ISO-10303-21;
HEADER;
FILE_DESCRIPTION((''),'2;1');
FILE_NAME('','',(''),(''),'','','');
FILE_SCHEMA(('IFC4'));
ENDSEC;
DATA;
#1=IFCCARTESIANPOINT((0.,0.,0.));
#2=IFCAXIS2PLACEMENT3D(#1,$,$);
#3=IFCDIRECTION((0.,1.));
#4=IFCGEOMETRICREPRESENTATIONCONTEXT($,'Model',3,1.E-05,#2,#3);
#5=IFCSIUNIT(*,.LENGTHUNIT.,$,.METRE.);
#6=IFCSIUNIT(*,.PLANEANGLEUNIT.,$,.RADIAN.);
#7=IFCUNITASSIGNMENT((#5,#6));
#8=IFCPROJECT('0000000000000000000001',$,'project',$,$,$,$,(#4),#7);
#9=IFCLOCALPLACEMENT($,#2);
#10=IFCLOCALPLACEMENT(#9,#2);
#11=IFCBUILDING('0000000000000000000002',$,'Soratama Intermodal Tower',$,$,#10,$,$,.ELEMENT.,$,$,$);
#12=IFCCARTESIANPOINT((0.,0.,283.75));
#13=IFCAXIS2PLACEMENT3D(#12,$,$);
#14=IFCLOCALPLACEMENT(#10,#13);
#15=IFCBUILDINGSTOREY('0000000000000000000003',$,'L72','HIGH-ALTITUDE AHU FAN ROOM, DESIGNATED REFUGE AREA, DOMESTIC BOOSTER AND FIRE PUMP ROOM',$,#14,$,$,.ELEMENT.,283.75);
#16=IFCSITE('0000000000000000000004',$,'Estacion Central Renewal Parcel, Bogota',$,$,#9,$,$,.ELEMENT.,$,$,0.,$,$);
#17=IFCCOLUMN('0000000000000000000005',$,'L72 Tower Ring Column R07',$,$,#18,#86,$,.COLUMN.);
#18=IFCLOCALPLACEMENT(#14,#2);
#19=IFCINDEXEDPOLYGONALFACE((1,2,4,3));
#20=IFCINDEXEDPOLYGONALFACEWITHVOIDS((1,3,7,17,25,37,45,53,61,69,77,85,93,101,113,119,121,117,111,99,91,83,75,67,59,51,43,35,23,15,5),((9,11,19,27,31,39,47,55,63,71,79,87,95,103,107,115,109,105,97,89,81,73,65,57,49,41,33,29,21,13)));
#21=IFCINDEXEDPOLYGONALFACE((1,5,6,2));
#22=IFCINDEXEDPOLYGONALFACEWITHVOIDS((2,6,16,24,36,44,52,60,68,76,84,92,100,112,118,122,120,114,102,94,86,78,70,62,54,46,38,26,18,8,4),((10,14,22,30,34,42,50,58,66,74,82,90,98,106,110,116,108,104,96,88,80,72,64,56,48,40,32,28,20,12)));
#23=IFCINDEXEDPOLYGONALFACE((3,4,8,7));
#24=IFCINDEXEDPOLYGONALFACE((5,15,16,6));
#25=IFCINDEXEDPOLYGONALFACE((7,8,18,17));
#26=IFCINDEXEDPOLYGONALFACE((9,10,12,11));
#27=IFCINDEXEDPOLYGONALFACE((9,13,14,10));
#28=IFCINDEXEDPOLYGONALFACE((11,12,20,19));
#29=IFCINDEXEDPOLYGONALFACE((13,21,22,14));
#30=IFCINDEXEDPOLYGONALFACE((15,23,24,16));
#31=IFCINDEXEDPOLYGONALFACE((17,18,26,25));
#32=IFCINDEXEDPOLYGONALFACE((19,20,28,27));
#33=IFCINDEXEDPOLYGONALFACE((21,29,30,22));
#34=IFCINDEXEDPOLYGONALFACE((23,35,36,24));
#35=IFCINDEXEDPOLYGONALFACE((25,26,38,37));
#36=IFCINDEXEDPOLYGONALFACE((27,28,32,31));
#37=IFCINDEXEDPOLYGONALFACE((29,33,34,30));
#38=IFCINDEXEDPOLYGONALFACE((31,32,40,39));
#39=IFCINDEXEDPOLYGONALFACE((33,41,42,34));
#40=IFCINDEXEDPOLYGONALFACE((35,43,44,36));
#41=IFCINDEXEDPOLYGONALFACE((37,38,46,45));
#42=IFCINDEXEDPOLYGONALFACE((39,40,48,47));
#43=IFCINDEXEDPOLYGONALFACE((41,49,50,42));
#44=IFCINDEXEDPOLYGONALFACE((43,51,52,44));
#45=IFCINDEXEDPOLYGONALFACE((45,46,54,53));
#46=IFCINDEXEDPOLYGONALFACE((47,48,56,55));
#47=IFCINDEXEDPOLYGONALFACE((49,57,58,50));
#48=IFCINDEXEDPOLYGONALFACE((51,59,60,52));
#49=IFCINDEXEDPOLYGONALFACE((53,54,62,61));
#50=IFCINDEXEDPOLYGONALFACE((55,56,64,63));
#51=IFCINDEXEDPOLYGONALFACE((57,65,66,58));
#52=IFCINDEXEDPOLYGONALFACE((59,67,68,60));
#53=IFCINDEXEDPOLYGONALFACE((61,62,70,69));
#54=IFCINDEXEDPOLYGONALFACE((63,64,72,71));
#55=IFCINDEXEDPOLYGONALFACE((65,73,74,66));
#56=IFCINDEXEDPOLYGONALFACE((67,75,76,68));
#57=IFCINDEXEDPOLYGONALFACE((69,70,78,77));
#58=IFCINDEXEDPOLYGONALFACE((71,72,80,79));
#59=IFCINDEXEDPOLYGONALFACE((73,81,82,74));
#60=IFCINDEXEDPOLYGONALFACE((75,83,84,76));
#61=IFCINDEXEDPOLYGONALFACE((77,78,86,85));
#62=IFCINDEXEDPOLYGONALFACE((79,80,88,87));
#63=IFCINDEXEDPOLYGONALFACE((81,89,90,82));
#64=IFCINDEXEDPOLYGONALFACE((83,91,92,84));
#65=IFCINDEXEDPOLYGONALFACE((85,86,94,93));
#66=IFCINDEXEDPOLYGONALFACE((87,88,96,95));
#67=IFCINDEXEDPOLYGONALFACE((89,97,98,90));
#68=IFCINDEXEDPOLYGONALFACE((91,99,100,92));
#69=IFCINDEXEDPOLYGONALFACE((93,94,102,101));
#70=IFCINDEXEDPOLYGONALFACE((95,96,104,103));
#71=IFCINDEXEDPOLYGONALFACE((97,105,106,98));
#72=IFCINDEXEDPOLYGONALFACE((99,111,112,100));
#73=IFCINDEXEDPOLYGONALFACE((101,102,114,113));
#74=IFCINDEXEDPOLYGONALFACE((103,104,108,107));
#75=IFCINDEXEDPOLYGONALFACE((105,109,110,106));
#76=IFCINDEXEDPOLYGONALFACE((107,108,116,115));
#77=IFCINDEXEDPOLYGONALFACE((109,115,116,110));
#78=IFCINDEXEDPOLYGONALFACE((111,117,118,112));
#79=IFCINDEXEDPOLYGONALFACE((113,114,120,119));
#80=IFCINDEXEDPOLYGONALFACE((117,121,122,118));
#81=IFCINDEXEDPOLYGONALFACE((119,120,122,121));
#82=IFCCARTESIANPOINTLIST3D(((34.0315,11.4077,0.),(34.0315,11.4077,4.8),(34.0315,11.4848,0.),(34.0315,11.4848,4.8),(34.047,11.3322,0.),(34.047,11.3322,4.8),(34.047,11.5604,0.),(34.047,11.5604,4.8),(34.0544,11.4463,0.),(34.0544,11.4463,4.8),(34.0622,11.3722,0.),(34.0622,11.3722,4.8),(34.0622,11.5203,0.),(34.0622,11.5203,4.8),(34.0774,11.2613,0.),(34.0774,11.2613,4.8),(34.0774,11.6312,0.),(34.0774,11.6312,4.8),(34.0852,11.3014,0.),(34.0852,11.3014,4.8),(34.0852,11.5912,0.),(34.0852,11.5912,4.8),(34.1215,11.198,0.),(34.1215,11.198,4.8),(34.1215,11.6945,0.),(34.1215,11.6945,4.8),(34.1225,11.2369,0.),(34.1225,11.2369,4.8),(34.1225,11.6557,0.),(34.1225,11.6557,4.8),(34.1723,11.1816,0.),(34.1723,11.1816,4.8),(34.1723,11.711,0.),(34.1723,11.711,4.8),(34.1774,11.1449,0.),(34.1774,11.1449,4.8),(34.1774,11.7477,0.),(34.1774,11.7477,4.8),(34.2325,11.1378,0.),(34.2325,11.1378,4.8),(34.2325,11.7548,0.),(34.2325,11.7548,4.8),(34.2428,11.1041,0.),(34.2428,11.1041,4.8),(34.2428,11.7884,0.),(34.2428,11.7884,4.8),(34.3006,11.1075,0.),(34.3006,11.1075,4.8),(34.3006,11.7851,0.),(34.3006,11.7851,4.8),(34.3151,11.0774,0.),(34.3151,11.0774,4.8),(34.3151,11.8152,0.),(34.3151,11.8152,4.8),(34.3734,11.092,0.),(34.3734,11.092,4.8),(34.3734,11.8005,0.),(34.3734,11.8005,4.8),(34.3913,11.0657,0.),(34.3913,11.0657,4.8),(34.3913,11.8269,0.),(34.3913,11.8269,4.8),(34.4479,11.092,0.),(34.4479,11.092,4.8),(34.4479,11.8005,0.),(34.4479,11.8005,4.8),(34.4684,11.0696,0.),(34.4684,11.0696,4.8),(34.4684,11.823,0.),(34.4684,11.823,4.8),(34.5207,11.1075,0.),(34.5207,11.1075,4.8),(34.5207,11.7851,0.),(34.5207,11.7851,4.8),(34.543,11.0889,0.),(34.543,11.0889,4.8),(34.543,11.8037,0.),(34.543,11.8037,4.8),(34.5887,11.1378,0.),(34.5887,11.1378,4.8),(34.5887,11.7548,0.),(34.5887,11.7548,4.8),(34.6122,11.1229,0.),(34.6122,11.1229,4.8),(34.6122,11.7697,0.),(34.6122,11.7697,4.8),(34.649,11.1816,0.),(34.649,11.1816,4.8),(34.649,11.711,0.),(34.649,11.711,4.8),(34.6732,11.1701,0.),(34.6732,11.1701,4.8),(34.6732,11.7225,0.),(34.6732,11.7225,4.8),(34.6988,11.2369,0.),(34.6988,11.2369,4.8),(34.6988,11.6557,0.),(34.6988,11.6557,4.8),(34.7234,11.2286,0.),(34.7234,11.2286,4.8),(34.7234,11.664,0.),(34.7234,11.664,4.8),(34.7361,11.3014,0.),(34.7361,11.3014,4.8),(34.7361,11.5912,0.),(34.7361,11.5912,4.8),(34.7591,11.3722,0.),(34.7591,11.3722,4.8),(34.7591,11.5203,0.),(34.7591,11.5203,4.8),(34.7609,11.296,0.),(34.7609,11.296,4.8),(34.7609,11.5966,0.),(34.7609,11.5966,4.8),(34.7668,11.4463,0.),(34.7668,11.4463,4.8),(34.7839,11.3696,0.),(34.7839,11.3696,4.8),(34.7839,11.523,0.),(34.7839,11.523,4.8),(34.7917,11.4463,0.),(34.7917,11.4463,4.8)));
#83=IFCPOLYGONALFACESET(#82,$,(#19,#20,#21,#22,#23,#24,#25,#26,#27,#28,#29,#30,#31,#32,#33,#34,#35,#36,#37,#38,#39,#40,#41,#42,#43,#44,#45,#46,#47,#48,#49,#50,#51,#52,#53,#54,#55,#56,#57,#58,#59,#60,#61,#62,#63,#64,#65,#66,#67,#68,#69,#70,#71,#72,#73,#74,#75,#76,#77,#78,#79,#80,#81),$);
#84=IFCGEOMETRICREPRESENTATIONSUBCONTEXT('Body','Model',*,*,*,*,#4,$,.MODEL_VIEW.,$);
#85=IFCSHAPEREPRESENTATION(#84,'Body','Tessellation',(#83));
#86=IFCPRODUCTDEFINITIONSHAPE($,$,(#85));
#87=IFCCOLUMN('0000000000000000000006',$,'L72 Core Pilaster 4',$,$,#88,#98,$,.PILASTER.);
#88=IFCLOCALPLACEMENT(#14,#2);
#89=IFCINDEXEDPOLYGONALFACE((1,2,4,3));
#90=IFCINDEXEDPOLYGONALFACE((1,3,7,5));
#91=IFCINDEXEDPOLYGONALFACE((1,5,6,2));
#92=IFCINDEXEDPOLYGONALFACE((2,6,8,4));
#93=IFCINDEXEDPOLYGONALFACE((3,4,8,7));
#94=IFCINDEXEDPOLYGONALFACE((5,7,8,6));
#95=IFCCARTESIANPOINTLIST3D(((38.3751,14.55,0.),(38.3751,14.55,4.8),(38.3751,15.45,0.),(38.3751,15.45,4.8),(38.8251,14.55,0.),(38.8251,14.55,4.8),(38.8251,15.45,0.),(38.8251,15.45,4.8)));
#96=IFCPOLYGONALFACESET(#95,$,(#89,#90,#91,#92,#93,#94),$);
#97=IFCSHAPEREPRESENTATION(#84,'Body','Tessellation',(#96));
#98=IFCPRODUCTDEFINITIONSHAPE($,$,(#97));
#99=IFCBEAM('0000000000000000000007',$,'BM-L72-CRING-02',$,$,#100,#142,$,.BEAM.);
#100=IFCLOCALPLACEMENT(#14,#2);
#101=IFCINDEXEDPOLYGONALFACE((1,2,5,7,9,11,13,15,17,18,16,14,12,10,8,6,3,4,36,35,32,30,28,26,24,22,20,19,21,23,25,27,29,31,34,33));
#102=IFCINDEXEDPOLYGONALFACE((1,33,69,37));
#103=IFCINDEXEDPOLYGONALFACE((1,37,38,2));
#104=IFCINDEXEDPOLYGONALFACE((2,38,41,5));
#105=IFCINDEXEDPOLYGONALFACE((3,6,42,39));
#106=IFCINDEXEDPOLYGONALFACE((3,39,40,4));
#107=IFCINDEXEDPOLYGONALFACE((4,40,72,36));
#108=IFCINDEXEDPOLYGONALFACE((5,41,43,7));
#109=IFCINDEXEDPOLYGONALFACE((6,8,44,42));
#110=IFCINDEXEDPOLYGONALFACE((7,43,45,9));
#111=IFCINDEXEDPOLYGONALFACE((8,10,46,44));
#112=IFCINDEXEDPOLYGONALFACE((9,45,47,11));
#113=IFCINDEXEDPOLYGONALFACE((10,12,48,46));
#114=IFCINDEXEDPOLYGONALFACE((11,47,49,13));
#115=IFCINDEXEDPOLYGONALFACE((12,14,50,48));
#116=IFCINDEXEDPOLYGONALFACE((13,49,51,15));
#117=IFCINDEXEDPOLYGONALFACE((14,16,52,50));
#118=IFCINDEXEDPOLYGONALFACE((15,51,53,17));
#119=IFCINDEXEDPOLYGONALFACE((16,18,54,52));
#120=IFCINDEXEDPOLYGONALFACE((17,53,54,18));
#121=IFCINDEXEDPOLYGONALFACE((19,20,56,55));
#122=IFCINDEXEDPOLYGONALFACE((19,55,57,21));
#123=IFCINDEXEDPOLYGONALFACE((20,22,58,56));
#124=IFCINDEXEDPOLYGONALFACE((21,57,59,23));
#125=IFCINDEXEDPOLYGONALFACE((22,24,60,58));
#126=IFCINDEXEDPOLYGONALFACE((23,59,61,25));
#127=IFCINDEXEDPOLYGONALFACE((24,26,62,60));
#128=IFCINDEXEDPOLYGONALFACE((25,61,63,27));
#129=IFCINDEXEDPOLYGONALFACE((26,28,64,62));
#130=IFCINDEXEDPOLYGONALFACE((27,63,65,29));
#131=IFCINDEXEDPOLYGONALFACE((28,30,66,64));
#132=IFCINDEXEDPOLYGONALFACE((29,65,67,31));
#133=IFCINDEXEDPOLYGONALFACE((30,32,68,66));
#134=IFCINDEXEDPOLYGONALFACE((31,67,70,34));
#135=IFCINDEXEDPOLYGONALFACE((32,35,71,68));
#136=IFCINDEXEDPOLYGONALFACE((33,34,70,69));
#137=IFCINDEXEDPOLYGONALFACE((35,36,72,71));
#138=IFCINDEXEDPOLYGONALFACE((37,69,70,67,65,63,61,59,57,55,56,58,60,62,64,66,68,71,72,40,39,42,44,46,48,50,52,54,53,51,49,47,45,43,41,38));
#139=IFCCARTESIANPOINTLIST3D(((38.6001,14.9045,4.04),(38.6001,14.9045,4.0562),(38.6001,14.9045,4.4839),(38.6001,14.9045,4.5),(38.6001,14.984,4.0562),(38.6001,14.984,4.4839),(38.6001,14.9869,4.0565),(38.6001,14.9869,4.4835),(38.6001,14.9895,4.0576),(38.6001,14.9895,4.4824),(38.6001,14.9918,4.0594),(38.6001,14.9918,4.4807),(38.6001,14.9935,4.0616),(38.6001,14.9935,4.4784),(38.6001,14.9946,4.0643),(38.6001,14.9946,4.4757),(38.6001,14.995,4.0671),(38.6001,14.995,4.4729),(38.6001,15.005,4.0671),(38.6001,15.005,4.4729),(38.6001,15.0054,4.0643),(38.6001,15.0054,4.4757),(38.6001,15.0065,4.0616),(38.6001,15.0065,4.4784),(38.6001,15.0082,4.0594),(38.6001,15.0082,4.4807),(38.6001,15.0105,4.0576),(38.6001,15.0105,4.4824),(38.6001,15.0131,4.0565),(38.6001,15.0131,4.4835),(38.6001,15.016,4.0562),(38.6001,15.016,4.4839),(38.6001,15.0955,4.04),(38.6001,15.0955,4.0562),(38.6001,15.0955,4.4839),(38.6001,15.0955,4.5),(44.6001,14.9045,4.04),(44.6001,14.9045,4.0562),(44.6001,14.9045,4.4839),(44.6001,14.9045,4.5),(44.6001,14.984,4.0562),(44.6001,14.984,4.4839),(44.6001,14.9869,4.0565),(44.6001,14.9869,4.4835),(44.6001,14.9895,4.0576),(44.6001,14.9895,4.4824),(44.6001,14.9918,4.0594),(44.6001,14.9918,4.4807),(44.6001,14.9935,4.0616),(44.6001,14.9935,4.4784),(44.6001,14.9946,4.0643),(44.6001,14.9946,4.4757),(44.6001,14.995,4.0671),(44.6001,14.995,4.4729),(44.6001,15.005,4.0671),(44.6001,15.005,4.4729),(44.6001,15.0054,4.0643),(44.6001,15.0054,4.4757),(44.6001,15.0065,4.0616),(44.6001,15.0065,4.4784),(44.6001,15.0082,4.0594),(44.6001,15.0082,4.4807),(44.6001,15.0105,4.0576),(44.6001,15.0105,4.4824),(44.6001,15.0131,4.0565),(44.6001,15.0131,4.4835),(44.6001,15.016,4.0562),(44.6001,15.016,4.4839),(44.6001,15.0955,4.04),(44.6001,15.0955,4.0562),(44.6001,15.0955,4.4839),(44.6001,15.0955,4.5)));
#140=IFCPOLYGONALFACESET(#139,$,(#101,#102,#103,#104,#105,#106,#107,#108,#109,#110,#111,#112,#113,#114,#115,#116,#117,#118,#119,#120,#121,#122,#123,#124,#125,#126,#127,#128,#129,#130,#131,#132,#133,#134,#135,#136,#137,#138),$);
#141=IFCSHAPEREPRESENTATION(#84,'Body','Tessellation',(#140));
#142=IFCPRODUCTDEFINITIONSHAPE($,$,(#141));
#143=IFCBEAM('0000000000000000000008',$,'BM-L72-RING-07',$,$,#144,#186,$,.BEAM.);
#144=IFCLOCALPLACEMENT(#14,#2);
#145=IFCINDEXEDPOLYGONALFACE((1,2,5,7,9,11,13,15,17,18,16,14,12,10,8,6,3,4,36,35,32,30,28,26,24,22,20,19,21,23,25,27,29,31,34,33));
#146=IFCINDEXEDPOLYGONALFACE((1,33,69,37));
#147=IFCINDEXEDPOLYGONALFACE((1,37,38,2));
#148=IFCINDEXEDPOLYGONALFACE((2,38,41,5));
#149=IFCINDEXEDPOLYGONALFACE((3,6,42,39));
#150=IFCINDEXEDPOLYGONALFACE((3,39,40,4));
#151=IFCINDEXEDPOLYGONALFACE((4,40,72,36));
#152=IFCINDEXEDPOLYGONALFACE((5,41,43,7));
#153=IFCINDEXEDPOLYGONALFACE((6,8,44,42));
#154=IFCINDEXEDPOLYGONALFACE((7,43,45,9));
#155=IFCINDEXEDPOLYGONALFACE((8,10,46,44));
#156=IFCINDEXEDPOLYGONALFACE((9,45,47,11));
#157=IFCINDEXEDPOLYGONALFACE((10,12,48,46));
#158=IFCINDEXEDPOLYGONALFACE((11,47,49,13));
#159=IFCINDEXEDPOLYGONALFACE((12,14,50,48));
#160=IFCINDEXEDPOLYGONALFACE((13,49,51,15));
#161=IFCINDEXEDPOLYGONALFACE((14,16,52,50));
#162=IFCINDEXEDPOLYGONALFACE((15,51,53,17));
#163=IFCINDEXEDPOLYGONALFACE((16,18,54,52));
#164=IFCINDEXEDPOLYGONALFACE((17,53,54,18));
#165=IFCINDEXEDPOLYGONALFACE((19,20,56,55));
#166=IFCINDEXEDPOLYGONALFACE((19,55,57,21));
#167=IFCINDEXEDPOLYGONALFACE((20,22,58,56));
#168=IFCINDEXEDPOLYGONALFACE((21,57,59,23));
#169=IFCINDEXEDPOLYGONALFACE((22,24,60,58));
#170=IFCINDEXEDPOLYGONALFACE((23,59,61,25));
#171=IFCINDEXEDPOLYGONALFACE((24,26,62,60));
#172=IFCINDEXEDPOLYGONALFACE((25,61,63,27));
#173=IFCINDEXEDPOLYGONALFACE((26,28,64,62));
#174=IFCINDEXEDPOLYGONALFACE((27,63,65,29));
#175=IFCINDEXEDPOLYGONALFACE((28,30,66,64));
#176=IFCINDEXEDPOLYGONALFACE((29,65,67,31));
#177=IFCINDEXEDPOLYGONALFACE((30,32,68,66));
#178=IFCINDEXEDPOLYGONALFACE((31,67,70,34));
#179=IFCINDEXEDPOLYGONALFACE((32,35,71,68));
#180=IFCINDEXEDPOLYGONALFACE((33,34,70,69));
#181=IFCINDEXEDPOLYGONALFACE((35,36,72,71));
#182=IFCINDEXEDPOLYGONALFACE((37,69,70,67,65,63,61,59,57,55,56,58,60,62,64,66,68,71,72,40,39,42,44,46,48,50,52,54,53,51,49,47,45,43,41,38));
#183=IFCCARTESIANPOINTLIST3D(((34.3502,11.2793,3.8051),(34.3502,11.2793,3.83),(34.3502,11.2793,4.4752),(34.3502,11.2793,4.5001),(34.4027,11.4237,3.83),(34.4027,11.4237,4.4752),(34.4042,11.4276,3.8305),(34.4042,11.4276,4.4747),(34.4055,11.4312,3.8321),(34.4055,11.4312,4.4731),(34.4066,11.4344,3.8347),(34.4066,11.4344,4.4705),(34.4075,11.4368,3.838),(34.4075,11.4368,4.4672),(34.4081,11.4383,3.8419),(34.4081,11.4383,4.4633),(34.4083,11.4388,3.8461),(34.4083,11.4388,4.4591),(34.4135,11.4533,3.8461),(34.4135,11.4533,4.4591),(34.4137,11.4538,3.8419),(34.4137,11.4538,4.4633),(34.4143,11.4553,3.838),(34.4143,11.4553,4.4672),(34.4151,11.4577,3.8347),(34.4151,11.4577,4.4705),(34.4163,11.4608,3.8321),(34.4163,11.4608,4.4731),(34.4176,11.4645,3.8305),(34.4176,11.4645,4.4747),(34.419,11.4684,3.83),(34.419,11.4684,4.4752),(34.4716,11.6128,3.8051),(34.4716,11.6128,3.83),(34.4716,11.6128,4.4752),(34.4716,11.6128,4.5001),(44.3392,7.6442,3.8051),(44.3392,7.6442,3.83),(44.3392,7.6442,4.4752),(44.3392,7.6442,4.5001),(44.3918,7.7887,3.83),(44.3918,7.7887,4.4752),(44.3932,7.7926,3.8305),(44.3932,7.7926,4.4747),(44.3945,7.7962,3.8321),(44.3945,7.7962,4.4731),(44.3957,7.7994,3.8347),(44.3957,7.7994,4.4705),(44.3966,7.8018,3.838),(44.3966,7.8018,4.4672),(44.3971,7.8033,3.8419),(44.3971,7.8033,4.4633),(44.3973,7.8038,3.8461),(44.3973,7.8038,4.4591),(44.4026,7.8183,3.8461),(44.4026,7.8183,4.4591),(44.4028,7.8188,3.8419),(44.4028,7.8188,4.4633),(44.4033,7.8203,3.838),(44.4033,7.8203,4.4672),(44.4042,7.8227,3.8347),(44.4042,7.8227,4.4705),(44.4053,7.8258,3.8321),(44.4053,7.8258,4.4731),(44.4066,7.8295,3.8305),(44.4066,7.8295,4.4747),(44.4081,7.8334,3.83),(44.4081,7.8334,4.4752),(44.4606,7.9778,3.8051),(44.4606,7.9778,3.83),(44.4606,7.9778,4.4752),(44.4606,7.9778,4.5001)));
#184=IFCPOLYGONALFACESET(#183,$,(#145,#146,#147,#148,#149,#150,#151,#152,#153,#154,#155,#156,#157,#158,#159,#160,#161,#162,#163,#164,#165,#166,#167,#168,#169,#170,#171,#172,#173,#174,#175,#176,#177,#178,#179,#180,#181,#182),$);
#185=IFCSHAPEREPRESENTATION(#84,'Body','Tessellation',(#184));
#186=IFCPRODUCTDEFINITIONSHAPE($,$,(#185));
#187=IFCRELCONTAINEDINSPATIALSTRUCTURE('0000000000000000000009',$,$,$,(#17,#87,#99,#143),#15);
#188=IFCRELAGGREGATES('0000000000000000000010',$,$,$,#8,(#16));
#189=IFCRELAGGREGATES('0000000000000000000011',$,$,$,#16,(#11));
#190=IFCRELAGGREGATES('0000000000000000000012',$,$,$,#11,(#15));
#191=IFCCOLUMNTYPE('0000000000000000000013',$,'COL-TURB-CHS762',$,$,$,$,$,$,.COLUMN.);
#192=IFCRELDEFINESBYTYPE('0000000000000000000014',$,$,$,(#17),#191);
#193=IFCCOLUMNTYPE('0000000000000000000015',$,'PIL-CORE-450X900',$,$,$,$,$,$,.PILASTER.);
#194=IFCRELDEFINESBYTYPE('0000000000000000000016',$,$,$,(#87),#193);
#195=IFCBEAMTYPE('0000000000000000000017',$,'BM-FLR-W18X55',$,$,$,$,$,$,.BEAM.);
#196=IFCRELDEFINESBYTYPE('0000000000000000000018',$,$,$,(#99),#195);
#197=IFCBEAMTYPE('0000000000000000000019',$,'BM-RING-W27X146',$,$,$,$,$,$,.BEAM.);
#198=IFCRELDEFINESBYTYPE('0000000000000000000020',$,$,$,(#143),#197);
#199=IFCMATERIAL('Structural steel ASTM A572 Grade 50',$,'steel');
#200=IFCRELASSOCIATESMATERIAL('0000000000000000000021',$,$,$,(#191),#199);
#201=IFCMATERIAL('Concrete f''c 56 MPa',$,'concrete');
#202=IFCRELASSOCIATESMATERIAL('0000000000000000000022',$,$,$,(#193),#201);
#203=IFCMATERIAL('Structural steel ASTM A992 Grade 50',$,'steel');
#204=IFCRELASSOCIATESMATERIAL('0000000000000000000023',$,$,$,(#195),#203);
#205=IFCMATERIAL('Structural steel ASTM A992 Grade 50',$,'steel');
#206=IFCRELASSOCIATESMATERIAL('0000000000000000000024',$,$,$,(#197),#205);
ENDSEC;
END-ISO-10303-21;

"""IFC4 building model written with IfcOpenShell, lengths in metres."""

from ifc_helpers import new_model, si_unit, direction, frame, origin, origin_2d, place, context, subcontext, project, spatial, rectangle, hollow_circle, i_section, extrude, material, material_profile, profile_set, type_object, element, save


model = new_model("IFC4")

# Units and contexts
model_context = context("Model", 3, precision=1e-05, world=origin(), true_north=direction((0.0, 1.0)))
body_context = subcontext(model_context, "Body", "Model", "MODEL_VIEW")
ifc_project = project(units=[si_unit("LENGTHUNIT", "METRE"), si_unit("PLANEANGLEUNIT", "RADIAN")], contexts=[model_context])

# Site, building, storey
site_placement = place(None, origin())
site = spatial("IfcSite", under=ifc_project, at=site_placement, Name="Estacion Central Renewal Parcel, Bogota", CompositionType="ELEMENT", RefElevation=0.0)
building_placement = place(site_placement, origin())
building = spatial("IfcBuilding", under=site, at=building_placement, Name="Soratama Intermodal Tower", CompositionType="ELEMENT")
storey_placement = place(building_placement, frame((0.0, 0.0, 283.75)))
storey = spatial("IfcBuildingStorey", under=building, at=storey_placement, Name="L72", Description="HIGH-ALTITUDE AHU FAN ROOM, DESIGNATED REFUGE AREA, DOMESTIC BOOSTER AND FIRE PUMP ROOM", CompositionType="ELEMENT", Elevation=283.75)

# Columns
ifc_material_1 = material(Name="Structural steel ASTM A572 Grade 50", Category="steel")
ifc_material_profile_1 = material_profile(ifc_material_1, hollow_circle(Radius=0.3811, WallThickness=0.0249, at=origin_2d()), Name="CHS762X25")
ifc_profile_set_1 = profile_set([ifc_material_profile_1], Name="Structural steel ASTM A572 Grade 50")
column_type_1 = type_object("IfcColumnType", Name="COL-TURB-CHS762", PredefinedType="COLUMN", material=ifc_profile_set_1)
column_1_placement = place(storey_placement, frame((34.4106, 11.4463, 0.0), z_axis=(0.0, 0.0, 1.0), x_axis=(1.0, 0.0, 0.0)))
element("IfcColumn", 1, at=column_1_placement, inside=storey, type_object=column_type_1, Name="L72 Tower Ring Column R07", PredefinedType="COLUMN", context=body_context, shape_type="SweptSolid", body=[
    extrude(hollow_circle(Radius=0.3811, WallThickness=0.0249, at=origin_2d()), origin(), (0.0, 0.0, 1.0), 4.8),
])
ifc_material_2 = material(Name="Concrete f'c 56 MPa", Category="concrete")
ifc_material_profile_2 = material_profile(ifc_material_2, rectangle(XDim=0.45, YDim=0.8999, at=origin_2d()), Name="RC450X900")
ifc_profile_set_2 = profile_set([ifc_material_profile_2], Name="Concrete f'c 56 MPa")
column_type_2 = type_object("IfcColumnType", Name="PIL-CORE-450X900", PredefinedType="PILASTER", material=ifc_profile_set_2)
column_2_placement = place(storey_placement, frame((38.6001, 15.0, 0.0), z_axis=(0.0, 0.0, 1.0), x_axis=(1.0, 0.0, 0.0)))
element("IfcColumn", 2, at=column_2_placement, inside=storey, type_object=column_type_2, Name="L72 Core Pilaster 4", PredefinedType="PILASTER", context=body_context, shape_type="SweptSolid", body=[
    extrude(rectangle(XDim=0.45, YDim=0.8999, at=origin_2d()), origin(), (0.0, 0.0, 1.0), 4.8),
])

# Beams
ifc_material_3 = material(Name="Structural steel ASTM A992 Grade 50", Category="steel")
ifc_material_profile_3 = material_profile(ifc_material_3, i_section(OverallWidth=0.1909, OverallDepth=0.46, WebThickness=0.01, FlangeThickness=0.0161, FilletRadius=0.011, at=origin_2d()), Name="W18X55")
ifc_profile_set_3 = profile_set([ifc_material_profile_3], Name="Structural steel ASTM A992 Grade 50")
beam_type_1 = type_object("IfcBeamType", Name="BM-FLR-W18X55", PredefinedType="BEAM", material=ifc_profile_set_3)
beam_1_placement = place(storey_placement, frame((38.6001, 15.0, 4.27), z_axis=(1.0, 0.0, 0.0), x_axis=(0.0, 1.0, 0.0)))
element("IfcBeam", 3, at=beam_1_placement, inside=storey, type_object=beam_type_1, Name="BM-L72-CRING-02", PredefinedType="BEAM", context=body_context, shape_type="SweptSolid", body=[
    extrude(i_section(OverallWidth=0.1909, OverallDepth=0.46, WebThickness=0.01, FlangeThickness=0.0161, FilletRadius=0.011, at=origin_2d()), origin(), (0.0, 0.0, 1.0), 6.0),
])
ifc_material_4 = material(Name="Structural steel ASTM A992 Grade 50", Category="steel")
ifc_material_profile_4 = material_profile(ifc_material_4, i_section(OverallWidth=0.355, OverallDepth=0.6951, WebThickness=0.0154, FlangeThickness=0.0249, FilletRadius=0.0161, at=origin_2d()), Name="W27X146")
ifc_profile_set_4 = profile_set([ifc_material_profile_4], Name="Structural steel ASTM A992 Grade 50")
beam_type_2 = type_object("IfcBeamType", Name="BM-RING-W27X146", PredefinedType="BEAM", material=ifc_profile_set_4)
beam_2_placement = place(storey_placement, frame((34.4109, 11.446, 4.1526), z_axis=(0.939714, -0.341963, 0.0), x_axis=(0.341963, 0.939714, 0.0)))
element("IfcBeam", 4, at=beam_2_placement, inside=storey, type_object=beam_type_2, Name="BM-L72-RING-07", PredefinedType="BEAM", context=body_context, shape_type="SweptSolid", body=[
    extrude(i_section(OverallWidth=0.355, OverallDepth=0.6951, WebThickness=0.0154, FlangeThickness=0.0249, FilletRadius=0.0161, at=origin_2d()), origin(), (0.0, 0.0, 1.0), 10.6299),
])

save(model, "model.ifc")
